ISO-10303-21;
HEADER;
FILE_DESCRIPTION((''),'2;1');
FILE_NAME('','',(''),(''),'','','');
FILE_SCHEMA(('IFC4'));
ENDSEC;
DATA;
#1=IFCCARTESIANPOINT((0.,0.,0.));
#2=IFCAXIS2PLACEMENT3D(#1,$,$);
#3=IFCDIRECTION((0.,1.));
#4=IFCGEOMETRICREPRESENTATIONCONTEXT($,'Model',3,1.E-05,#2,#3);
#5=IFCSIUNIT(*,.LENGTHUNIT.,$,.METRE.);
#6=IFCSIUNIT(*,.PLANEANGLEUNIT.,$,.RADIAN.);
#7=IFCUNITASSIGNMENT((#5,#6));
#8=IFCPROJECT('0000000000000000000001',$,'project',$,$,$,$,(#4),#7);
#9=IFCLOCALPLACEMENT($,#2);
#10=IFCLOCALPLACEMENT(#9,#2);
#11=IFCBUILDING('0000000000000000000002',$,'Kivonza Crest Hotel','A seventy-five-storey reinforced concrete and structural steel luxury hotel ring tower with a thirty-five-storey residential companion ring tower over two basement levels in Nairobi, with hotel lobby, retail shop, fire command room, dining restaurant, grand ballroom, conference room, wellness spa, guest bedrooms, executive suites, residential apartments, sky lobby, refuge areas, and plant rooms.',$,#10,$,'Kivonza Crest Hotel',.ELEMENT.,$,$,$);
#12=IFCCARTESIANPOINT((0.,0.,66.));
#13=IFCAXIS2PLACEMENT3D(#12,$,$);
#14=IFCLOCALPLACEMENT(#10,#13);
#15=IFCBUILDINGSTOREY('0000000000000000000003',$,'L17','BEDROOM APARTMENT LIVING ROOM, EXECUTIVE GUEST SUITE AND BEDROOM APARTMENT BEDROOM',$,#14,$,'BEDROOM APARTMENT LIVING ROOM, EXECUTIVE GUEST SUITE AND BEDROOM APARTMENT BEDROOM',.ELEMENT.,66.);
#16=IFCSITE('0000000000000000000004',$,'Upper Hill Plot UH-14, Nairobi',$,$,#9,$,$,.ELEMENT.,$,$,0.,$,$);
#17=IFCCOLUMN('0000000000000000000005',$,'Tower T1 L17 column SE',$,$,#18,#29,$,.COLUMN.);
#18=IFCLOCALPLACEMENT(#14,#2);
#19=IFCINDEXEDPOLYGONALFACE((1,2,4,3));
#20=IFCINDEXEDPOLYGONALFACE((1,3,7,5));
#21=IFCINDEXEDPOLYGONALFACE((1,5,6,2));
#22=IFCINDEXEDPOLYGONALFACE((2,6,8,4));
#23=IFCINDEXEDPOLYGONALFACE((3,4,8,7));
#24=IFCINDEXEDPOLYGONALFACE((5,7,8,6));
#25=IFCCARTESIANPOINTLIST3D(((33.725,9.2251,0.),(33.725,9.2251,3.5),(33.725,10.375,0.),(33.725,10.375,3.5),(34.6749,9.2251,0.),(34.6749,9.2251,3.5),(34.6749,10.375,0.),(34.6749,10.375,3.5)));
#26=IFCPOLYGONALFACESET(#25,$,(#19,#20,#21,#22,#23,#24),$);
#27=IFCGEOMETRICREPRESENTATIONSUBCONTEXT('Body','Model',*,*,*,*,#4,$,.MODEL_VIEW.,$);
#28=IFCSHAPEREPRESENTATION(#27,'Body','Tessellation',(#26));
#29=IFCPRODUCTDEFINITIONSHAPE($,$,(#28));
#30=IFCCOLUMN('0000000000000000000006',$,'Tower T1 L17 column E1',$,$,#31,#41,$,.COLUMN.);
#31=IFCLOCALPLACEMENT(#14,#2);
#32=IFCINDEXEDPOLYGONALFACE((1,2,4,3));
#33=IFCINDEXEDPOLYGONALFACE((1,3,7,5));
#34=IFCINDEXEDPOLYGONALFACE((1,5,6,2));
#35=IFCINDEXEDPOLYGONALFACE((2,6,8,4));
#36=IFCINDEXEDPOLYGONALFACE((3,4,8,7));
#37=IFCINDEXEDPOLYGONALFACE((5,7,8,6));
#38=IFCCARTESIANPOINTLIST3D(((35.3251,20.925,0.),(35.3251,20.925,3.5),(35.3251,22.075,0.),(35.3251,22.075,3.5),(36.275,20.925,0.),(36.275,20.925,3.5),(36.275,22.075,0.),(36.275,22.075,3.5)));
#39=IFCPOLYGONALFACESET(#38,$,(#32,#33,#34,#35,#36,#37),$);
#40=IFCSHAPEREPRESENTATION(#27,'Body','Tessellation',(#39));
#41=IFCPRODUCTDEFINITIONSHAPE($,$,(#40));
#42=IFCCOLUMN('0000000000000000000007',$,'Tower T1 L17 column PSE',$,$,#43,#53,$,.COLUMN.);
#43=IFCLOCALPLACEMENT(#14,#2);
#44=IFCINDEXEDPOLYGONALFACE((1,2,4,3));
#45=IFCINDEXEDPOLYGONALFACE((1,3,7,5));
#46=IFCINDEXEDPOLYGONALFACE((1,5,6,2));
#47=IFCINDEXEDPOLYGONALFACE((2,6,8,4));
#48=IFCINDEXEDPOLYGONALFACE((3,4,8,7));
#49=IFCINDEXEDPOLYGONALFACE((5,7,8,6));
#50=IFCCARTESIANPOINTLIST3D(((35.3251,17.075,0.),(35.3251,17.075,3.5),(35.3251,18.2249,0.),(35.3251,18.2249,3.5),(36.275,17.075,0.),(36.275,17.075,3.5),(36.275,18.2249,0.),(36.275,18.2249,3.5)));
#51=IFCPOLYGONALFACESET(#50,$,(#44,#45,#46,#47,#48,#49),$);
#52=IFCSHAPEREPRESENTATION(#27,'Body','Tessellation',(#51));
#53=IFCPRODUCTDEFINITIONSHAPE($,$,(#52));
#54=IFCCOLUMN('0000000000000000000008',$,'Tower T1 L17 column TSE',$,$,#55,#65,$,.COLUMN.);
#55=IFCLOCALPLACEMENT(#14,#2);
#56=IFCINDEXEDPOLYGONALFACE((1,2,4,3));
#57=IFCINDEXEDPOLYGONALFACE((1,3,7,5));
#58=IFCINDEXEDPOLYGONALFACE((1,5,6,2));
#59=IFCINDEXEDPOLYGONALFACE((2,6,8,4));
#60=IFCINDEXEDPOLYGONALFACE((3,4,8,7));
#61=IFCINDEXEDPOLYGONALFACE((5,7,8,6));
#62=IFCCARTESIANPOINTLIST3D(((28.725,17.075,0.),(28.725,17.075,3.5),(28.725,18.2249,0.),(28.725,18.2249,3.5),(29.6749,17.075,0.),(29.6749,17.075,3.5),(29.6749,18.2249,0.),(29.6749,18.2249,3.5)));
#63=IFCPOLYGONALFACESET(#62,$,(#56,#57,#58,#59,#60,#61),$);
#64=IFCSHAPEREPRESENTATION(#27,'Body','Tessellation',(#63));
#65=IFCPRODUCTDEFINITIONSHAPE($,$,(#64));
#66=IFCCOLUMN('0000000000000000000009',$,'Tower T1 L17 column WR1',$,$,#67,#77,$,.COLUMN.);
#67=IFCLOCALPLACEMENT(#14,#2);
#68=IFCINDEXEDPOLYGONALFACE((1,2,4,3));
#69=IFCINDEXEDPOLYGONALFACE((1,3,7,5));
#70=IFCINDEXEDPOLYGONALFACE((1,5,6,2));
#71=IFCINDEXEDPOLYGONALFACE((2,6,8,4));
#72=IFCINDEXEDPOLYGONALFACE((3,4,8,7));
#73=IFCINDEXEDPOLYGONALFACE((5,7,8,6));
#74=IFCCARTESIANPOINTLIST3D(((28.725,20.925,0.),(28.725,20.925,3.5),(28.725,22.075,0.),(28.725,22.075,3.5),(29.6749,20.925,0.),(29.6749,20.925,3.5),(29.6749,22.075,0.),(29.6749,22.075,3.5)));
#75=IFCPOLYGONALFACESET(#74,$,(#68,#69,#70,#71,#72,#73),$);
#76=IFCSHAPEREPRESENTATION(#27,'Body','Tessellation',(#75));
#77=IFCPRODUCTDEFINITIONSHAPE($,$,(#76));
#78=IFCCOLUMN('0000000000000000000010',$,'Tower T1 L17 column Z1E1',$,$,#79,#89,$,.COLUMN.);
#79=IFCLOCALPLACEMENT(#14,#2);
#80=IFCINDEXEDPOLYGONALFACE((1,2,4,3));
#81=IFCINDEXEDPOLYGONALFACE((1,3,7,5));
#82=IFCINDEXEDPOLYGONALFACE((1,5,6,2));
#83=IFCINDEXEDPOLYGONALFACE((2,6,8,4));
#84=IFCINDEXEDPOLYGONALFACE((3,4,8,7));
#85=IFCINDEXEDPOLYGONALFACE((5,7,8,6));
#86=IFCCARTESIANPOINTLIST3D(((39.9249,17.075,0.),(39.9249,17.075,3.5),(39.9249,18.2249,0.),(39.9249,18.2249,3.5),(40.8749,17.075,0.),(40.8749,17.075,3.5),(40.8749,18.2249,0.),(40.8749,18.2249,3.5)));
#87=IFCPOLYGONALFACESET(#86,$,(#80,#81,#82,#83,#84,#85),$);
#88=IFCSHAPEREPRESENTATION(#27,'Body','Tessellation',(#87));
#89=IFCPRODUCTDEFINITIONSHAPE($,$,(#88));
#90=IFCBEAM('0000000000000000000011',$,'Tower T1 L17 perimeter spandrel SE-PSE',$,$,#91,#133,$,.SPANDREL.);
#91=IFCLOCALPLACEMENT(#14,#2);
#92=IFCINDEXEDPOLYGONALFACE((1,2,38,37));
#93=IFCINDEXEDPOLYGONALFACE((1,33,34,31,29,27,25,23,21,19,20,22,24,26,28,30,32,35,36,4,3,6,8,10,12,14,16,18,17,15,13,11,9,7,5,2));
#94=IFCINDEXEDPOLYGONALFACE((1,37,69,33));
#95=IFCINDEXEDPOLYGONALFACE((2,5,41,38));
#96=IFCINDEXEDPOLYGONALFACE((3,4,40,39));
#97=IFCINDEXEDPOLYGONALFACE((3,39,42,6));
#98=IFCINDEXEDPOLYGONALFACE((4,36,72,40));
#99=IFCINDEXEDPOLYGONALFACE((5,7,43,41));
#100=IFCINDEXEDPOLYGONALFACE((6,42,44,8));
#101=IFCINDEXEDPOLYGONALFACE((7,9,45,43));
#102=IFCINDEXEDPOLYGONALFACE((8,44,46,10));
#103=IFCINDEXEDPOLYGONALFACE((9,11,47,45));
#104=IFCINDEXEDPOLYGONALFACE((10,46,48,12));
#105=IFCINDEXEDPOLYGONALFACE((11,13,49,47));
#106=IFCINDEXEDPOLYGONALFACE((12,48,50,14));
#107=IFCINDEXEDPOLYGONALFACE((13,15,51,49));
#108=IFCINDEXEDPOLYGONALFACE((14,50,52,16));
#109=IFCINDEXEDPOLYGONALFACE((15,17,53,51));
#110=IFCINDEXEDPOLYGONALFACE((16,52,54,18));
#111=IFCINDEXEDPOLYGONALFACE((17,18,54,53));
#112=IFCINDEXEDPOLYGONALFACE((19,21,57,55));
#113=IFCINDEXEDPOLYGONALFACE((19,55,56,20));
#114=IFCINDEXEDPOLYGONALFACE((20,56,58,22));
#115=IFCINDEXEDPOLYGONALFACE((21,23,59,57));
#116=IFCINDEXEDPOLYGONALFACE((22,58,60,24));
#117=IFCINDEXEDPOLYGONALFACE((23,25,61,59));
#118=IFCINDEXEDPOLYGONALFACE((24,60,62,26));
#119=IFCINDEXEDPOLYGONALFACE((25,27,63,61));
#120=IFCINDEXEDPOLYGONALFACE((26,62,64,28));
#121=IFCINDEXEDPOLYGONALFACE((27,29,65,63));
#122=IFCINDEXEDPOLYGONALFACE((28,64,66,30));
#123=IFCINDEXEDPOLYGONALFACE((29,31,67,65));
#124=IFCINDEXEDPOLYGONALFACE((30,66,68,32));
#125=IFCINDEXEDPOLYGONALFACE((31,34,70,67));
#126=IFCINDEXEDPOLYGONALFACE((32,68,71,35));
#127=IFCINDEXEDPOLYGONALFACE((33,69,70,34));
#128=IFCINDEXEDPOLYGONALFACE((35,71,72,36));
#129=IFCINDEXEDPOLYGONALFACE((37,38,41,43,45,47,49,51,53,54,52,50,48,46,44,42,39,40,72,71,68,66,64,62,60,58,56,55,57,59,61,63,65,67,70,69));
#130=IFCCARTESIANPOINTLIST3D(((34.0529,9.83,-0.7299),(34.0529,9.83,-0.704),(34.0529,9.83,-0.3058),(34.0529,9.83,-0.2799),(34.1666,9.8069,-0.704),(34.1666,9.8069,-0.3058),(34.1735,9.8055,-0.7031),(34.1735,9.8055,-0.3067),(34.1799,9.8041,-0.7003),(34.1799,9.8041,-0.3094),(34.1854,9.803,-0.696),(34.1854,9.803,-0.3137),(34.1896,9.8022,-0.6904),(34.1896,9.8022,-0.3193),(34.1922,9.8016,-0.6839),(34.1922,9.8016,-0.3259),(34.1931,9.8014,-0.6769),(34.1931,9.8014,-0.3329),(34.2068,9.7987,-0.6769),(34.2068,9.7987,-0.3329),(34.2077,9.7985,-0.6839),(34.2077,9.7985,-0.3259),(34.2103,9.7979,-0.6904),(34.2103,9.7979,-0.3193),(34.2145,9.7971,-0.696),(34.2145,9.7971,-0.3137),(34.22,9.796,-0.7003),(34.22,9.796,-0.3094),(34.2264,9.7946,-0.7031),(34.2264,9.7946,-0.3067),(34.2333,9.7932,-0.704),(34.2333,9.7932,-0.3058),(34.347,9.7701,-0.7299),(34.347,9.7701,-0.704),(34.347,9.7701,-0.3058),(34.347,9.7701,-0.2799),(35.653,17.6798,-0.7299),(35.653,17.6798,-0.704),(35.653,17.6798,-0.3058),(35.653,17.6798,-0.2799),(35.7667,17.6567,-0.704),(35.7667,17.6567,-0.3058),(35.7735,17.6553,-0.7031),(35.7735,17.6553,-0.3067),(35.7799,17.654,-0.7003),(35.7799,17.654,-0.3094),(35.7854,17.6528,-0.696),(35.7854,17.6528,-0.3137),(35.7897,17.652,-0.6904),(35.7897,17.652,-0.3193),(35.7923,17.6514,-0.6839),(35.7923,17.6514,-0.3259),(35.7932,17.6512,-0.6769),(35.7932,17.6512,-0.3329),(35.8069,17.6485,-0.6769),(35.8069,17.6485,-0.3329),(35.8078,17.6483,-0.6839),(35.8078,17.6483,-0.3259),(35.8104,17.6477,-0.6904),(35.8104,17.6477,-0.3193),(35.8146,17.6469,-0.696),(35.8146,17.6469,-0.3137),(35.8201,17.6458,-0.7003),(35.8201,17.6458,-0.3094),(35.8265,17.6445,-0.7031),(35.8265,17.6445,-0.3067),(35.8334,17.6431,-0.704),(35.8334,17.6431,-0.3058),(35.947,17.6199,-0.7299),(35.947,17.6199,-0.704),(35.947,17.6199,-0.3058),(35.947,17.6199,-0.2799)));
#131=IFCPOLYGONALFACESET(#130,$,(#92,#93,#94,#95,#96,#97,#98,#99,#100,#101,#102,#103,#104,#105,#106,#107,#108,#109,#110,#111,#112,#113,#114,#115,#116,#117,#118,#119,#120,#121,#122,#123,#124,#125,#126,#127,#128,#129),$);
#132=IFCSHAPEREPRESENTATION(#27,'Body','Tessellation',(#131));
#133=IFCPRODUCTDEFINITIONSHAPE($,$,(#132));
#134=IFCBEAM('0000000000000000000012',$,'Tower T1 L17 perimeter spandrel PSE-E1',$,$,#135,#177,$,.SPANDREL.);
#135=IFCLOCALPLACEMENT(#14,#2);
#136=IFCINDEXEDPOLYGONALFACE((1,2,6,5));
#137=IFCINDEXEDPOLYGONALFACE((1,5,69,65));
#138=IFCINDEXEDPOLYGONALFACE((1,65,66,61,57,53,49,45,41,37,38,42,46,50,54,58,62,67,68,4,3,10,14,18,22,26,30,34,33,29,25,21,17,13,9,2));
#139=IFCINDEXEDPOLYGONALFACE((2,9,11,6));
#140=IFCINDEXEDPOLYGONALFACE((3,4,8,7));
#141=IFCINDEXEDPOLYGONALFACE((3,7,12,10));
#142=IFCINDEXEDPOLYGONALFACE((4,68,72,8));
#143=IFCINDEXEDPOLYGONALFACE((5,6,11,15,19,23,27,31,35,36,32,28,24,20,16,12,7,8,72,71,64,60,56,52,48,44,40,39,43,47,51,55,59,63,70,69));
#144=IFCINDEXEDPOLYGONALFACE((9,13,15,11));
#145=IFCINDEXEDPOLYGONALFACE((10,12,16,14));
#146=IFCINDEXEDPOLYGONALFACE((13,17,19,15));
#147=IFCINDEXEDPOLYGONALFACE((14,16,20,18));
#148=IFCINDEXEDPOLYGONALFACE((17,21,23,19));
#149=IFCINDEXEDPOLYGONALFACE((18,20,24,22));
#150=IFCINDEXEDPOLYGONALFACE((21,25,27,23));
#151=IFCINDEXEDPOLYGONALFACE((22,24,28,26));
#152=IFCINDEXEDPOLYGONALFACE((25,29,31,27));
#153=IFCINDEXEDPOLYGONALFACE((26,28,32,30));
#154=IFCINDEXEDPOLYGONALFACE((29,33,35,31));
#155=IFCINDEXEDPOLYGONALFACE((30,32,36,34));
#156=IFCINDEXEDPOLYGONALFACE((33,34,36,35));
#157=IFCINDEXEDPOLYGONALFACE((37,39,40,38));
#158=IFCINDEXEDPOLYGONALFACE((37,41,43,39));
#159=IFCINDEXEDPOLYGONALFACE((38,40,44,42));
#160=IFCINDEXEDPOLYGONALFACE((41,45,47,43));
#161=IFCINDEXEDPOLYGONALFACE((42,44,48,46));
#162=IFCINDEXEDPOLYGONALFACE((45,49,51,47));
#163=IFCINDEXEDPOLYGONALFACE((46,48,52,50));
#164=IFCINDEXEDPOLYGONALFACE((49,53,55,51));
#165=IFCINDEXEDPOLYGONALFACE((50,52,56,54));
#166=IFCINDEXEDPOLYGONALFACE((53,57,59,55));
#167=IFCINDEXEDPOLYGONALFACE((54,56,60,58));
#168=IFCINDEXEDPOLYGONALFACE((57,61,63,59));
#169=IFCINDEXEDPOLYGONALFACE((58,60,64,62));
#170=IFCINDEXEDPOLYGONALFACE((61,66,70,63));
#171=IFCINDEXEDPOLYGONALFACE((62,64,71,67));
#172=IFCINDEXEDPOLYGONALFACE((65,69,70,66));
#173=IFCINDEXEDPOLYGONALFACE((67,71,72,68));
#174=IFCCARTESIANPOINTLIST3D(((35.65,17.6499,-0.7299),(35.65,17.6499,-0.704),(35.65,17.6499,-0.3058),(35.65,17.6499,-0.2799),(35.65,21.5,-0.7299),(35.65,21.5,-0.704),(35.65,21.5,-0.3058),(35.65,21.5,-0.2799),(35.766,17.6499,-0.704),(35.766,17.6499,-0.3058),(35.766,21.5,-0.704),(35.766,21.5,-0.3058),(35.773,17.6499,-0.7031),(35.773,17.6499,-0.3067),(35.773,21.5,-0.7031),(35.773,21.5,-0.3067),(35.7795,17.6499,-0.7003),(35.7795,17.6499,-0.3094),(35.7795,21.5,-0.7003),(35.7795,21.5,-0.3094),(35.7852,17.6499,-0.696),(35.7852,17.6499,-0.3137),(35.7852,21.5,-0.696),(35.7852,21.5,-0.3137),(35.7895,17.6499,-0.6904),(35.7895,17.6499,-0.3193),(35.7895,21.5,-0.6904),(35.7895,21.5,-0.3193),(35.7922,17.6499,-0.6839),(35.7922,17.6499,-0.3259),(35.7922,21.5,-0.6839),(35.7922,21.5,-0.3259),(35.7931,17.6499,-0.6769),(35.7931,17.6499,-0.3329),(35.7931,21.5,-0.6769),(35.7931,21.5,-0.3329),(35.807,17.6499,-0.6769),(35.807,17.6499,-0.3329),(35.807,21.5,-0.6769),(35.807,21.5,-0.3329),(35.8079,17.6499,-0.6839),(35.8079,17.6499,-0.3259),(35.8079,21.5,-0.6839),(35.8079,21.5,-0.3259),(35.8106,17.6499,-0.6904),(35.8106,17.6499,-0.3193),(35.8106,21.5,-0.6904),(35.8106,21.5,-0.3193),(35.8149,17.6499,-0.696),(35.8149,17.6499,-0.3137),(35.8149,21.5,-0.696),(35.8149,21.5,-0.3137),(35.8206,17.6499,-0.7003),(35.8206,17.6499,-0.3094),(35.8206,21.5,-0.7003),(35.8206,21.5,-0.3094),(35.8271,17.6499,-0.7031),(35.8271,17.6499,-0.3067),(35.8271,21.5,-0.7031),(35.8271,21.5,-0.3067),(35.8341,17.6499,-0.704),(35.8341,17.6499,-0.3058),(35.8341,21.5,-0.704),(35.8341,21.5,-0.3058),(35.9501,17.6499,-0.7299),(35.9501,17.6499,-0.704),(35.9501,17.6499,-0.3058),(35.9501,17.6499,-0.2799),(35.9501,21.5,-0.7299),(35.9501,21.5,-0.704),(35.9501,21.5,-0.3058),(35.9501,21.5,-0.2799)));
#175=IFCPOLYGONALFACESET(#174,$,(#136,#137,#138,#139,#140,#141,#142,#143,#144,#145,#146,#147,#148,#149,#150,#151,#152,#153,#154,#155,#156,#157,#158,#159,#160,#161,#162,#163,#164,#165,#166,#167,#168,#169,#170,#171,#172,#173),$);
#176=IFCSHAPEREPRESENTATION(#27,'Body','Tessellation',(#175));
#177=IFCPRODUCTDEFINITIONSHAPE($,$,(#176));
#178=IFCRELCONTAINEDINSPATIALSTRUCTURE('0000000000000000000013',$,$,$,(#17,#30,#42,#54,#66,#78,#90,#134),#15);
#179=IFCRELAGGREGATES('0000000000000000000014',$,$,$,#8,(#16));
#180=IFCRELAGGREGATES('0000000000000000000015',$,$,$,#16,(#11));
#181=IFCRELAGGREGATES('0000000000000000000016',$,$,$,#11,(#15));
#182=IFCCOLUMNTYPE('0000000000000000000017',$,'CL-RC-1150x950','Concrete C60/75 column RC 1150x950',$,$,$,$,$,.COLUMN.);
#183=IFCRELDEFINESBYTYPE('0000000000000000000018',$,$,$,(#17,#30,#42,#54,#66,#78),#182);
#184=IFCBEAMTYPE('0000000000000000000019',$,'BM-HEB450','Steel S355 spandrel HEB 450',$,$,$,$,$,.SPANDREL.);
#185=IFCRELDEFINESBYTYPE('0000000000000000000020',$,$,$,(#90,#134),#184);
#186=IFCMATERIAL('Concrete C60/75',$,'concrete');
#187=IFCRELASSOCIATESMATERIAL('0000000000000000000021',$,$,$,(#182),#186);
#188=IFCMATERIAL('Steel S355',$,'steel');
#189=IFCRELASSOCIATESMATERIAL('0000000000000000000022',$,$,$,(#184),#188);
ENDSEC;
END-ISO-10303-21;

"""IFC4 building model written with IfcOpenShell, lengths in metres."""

from ifc_helpers import new_model, si_unit, direction, frame, origin, origin_2d, place, context, subcontext, project, spatial, rectangle, i_section, extrude, material, material_profile, profile_set, type_object, element, save


model = new_model("IFC4")

# Units and contexts
model_context = context("Model", 3, precision=1e-05, world=origin(), true_north=direction((0.0, 1.0)))
body_context = subcontext(model_context, "Body", "Model", "MODEL_VIEW")
ifc_project = project(units=[si_unit("LENGTHUNIT", "METRE"), si_unit("PLANEANGLEUNIT", "RADIAN")], contexts=[model_context])

# Site, building, storey
site_placement = place(None, origin())
site = spatial("IfcSite", under=ifc_project, at=site_placement, Name="Upper Hill Plot UH-14, Nairobi", CompositionType="ELEMENT", RefElevation=0.0)
building_placement = place(site_placement, origin())
building = spatial("IfcBuilding", under=site, at=building_placement, Name="Kivonza Crest Hotel", Description="A seventy-five-storey reinforced concrete and structural steel luxury hotel ring tower with a thirty-five-storey residential companion ring tower over two basement levels in Nairobi, with hotel lobby, retail shop, fire command room, dining restaurant, grand ballroom, conference room, wellness spa, guest bedrooms, executive suites, residential apartments, sky lobby, refuge areas, and plant rooms.", LongName="Kivonza Crest Hotel", CompositionType="ELEMENT")
storey_placement = place(building_placement, frame((0.0, 0.0, 66.0)))
storey = spatial("IfcBuildingStorey", under=building, at=storey_placement, Name="L17", Description="BEDROOM APARTMENT LIVING ROOM, EXECUTIVE GUEST SUITE AND BEDROOM APARTMENT BEDROOM", LongName="BEDROOM APARTMENT LIVING ROOM, EXECUTIVE GUEST SUITE AND BEDROOM APARTMENT BEDROOM", CompositionType="ELEMENT", Elevation=66.0)

# Columns
ifc_material_1 = material(Name="Concrete C60/75", Category="concrete")
ifc_material_profile_1 = material_profile(ifc_material_1, rectangle(XDim=0.95, YDim=1.1499, at=origin_2d()), Name="RC 1150x950")
ifc_profile_set_1 = profile_set([ifc_material_profile_1], Name="Concrete C60/75")
column_type = type_object("IfcColumnType", Name="CL-RC-1150x950", Description="Concrete C60/75 column RC 1150x950", PredefinedType="COLUMN", material=ifc_profile_set_1)
for number, where, z_axis, x_axis, name in (
    (1, (34.2, 9.8, 0.0), (0.0, 0.0, 1.0), (1.0, 0.0, 0.0), "Tower T1 L17 column SE"),
    (2, (35.8, 21.5, 0.0), (0.0, 0.0, 1.0), (1.0, 0.0, 0.0), "Tower T1 L17 column E1"),
    (3, (35.8, 17.6499, 0.0), (0.0, 0.0, 1.0), (1.0, 0.0, 0.0), "Tower T1 L17 column PSE"),
    (4, (29.2, 17.6499, 0.0), (0.0, 0.0, 1.0), (1.0, 0.0, 0.0), "Tower T1 L17 column TSE"),
    (5, (29.2, 21.5, 0.0), (0.0, 0.0, 1.0), (1.0, 0.0, 0.0), "Tower T1 L17 column WR1"),
    (6, (40.3999, 17.6499, 0.0), (0.0, 0.0, 1.0), (1.0, 0.0, 0.0), "Tower T1 L17 column Z1E1"),
):
    element("IfcColumn", number, at=place(storey_placement, frame(where, z_axis=z_axis, x_axis=x_axis)), inside=storey, type_object=column_type, Name=name, PredefinedType="COLUMN", context=body_context, shape_type="SweptSolid", body=[
        extrude(rectangle(XDim=0.95, YDim=1.1499, at=origin_2d()), origin(), (0.0, 0.0, 1.0), 3.5),
    ])

# Beams
ifc_material_2 = material(Name="Steel S355", Category="steel")
ifc_material_profile_2 = material_profile(ifc_material_2, i_section(OverallWidth=0.3, OverallDepth=0.45, WebThickness=0.0139, FlangeThickness=0.0259, FilletRadius=0.0271, at=origin_2d()), Name="HEB 450")
ifc_profile_set_2 = profile_set([ifc_material_profile_2], Name="Steel S355")
beam_type_1 = type_object("IfcBeamType", Name="BM-HEB450", Description="Steel S355 spandrel HEB 450", PredefinedType="SPANDREL", material=ifc_profile_set_2)
beam_1_placement = place(storey_placement, frame((34.2, 9.8, -0.5049), z_axis=(0.199731, 0.979851, 0.0), x_axis=(-0.979851, 0.199731, 0.0)))
element("IfcBeam", 7, at=beam_1_placement, inside=storey, type_object=beam_type_1, Name="Tower T1 L17 perimeter spandrel SE-PSE", PredefinedType="SPANDREL", context=body_context, shape_type="SweptSolid", body=[
    extrude(i_section(OverallWidth=0.3, OverallDepth=0.45, WebThickness=0.0139, FlangeThickness=0.0259, FilletRadius=0.0271, at=origin_2d()), origin(), (0.0, 0.0, 1.0), 8.0112),
])
beam_2_placement = place(storey_placement, frame((35.8, 17.6499, -0.5049), z_axis=(0.0, 1.0, 0.0), x_axis=(-1.0, 0.0, 0.0)))
element("IfcBeam", 8, at=beam_2_placement, inside=storey, type_object=beam_type_1, Name="Tower T1 L17 perimeter spandrel PSE-E1", PredefinedType="SPANDREL", context=body_context, shape_type="SweptSolid", body=[
    extrude(i_section(OverallWidth=0.3, OverallDepth=0.45, WebThickness=0.0139, FlangeThickness=0.0259, FilletRadius=0.0271, at=origin_2d()), origin(), (0.0, 0.0, 1.0), 3.8501),
])

save(model, "model.ifc")
